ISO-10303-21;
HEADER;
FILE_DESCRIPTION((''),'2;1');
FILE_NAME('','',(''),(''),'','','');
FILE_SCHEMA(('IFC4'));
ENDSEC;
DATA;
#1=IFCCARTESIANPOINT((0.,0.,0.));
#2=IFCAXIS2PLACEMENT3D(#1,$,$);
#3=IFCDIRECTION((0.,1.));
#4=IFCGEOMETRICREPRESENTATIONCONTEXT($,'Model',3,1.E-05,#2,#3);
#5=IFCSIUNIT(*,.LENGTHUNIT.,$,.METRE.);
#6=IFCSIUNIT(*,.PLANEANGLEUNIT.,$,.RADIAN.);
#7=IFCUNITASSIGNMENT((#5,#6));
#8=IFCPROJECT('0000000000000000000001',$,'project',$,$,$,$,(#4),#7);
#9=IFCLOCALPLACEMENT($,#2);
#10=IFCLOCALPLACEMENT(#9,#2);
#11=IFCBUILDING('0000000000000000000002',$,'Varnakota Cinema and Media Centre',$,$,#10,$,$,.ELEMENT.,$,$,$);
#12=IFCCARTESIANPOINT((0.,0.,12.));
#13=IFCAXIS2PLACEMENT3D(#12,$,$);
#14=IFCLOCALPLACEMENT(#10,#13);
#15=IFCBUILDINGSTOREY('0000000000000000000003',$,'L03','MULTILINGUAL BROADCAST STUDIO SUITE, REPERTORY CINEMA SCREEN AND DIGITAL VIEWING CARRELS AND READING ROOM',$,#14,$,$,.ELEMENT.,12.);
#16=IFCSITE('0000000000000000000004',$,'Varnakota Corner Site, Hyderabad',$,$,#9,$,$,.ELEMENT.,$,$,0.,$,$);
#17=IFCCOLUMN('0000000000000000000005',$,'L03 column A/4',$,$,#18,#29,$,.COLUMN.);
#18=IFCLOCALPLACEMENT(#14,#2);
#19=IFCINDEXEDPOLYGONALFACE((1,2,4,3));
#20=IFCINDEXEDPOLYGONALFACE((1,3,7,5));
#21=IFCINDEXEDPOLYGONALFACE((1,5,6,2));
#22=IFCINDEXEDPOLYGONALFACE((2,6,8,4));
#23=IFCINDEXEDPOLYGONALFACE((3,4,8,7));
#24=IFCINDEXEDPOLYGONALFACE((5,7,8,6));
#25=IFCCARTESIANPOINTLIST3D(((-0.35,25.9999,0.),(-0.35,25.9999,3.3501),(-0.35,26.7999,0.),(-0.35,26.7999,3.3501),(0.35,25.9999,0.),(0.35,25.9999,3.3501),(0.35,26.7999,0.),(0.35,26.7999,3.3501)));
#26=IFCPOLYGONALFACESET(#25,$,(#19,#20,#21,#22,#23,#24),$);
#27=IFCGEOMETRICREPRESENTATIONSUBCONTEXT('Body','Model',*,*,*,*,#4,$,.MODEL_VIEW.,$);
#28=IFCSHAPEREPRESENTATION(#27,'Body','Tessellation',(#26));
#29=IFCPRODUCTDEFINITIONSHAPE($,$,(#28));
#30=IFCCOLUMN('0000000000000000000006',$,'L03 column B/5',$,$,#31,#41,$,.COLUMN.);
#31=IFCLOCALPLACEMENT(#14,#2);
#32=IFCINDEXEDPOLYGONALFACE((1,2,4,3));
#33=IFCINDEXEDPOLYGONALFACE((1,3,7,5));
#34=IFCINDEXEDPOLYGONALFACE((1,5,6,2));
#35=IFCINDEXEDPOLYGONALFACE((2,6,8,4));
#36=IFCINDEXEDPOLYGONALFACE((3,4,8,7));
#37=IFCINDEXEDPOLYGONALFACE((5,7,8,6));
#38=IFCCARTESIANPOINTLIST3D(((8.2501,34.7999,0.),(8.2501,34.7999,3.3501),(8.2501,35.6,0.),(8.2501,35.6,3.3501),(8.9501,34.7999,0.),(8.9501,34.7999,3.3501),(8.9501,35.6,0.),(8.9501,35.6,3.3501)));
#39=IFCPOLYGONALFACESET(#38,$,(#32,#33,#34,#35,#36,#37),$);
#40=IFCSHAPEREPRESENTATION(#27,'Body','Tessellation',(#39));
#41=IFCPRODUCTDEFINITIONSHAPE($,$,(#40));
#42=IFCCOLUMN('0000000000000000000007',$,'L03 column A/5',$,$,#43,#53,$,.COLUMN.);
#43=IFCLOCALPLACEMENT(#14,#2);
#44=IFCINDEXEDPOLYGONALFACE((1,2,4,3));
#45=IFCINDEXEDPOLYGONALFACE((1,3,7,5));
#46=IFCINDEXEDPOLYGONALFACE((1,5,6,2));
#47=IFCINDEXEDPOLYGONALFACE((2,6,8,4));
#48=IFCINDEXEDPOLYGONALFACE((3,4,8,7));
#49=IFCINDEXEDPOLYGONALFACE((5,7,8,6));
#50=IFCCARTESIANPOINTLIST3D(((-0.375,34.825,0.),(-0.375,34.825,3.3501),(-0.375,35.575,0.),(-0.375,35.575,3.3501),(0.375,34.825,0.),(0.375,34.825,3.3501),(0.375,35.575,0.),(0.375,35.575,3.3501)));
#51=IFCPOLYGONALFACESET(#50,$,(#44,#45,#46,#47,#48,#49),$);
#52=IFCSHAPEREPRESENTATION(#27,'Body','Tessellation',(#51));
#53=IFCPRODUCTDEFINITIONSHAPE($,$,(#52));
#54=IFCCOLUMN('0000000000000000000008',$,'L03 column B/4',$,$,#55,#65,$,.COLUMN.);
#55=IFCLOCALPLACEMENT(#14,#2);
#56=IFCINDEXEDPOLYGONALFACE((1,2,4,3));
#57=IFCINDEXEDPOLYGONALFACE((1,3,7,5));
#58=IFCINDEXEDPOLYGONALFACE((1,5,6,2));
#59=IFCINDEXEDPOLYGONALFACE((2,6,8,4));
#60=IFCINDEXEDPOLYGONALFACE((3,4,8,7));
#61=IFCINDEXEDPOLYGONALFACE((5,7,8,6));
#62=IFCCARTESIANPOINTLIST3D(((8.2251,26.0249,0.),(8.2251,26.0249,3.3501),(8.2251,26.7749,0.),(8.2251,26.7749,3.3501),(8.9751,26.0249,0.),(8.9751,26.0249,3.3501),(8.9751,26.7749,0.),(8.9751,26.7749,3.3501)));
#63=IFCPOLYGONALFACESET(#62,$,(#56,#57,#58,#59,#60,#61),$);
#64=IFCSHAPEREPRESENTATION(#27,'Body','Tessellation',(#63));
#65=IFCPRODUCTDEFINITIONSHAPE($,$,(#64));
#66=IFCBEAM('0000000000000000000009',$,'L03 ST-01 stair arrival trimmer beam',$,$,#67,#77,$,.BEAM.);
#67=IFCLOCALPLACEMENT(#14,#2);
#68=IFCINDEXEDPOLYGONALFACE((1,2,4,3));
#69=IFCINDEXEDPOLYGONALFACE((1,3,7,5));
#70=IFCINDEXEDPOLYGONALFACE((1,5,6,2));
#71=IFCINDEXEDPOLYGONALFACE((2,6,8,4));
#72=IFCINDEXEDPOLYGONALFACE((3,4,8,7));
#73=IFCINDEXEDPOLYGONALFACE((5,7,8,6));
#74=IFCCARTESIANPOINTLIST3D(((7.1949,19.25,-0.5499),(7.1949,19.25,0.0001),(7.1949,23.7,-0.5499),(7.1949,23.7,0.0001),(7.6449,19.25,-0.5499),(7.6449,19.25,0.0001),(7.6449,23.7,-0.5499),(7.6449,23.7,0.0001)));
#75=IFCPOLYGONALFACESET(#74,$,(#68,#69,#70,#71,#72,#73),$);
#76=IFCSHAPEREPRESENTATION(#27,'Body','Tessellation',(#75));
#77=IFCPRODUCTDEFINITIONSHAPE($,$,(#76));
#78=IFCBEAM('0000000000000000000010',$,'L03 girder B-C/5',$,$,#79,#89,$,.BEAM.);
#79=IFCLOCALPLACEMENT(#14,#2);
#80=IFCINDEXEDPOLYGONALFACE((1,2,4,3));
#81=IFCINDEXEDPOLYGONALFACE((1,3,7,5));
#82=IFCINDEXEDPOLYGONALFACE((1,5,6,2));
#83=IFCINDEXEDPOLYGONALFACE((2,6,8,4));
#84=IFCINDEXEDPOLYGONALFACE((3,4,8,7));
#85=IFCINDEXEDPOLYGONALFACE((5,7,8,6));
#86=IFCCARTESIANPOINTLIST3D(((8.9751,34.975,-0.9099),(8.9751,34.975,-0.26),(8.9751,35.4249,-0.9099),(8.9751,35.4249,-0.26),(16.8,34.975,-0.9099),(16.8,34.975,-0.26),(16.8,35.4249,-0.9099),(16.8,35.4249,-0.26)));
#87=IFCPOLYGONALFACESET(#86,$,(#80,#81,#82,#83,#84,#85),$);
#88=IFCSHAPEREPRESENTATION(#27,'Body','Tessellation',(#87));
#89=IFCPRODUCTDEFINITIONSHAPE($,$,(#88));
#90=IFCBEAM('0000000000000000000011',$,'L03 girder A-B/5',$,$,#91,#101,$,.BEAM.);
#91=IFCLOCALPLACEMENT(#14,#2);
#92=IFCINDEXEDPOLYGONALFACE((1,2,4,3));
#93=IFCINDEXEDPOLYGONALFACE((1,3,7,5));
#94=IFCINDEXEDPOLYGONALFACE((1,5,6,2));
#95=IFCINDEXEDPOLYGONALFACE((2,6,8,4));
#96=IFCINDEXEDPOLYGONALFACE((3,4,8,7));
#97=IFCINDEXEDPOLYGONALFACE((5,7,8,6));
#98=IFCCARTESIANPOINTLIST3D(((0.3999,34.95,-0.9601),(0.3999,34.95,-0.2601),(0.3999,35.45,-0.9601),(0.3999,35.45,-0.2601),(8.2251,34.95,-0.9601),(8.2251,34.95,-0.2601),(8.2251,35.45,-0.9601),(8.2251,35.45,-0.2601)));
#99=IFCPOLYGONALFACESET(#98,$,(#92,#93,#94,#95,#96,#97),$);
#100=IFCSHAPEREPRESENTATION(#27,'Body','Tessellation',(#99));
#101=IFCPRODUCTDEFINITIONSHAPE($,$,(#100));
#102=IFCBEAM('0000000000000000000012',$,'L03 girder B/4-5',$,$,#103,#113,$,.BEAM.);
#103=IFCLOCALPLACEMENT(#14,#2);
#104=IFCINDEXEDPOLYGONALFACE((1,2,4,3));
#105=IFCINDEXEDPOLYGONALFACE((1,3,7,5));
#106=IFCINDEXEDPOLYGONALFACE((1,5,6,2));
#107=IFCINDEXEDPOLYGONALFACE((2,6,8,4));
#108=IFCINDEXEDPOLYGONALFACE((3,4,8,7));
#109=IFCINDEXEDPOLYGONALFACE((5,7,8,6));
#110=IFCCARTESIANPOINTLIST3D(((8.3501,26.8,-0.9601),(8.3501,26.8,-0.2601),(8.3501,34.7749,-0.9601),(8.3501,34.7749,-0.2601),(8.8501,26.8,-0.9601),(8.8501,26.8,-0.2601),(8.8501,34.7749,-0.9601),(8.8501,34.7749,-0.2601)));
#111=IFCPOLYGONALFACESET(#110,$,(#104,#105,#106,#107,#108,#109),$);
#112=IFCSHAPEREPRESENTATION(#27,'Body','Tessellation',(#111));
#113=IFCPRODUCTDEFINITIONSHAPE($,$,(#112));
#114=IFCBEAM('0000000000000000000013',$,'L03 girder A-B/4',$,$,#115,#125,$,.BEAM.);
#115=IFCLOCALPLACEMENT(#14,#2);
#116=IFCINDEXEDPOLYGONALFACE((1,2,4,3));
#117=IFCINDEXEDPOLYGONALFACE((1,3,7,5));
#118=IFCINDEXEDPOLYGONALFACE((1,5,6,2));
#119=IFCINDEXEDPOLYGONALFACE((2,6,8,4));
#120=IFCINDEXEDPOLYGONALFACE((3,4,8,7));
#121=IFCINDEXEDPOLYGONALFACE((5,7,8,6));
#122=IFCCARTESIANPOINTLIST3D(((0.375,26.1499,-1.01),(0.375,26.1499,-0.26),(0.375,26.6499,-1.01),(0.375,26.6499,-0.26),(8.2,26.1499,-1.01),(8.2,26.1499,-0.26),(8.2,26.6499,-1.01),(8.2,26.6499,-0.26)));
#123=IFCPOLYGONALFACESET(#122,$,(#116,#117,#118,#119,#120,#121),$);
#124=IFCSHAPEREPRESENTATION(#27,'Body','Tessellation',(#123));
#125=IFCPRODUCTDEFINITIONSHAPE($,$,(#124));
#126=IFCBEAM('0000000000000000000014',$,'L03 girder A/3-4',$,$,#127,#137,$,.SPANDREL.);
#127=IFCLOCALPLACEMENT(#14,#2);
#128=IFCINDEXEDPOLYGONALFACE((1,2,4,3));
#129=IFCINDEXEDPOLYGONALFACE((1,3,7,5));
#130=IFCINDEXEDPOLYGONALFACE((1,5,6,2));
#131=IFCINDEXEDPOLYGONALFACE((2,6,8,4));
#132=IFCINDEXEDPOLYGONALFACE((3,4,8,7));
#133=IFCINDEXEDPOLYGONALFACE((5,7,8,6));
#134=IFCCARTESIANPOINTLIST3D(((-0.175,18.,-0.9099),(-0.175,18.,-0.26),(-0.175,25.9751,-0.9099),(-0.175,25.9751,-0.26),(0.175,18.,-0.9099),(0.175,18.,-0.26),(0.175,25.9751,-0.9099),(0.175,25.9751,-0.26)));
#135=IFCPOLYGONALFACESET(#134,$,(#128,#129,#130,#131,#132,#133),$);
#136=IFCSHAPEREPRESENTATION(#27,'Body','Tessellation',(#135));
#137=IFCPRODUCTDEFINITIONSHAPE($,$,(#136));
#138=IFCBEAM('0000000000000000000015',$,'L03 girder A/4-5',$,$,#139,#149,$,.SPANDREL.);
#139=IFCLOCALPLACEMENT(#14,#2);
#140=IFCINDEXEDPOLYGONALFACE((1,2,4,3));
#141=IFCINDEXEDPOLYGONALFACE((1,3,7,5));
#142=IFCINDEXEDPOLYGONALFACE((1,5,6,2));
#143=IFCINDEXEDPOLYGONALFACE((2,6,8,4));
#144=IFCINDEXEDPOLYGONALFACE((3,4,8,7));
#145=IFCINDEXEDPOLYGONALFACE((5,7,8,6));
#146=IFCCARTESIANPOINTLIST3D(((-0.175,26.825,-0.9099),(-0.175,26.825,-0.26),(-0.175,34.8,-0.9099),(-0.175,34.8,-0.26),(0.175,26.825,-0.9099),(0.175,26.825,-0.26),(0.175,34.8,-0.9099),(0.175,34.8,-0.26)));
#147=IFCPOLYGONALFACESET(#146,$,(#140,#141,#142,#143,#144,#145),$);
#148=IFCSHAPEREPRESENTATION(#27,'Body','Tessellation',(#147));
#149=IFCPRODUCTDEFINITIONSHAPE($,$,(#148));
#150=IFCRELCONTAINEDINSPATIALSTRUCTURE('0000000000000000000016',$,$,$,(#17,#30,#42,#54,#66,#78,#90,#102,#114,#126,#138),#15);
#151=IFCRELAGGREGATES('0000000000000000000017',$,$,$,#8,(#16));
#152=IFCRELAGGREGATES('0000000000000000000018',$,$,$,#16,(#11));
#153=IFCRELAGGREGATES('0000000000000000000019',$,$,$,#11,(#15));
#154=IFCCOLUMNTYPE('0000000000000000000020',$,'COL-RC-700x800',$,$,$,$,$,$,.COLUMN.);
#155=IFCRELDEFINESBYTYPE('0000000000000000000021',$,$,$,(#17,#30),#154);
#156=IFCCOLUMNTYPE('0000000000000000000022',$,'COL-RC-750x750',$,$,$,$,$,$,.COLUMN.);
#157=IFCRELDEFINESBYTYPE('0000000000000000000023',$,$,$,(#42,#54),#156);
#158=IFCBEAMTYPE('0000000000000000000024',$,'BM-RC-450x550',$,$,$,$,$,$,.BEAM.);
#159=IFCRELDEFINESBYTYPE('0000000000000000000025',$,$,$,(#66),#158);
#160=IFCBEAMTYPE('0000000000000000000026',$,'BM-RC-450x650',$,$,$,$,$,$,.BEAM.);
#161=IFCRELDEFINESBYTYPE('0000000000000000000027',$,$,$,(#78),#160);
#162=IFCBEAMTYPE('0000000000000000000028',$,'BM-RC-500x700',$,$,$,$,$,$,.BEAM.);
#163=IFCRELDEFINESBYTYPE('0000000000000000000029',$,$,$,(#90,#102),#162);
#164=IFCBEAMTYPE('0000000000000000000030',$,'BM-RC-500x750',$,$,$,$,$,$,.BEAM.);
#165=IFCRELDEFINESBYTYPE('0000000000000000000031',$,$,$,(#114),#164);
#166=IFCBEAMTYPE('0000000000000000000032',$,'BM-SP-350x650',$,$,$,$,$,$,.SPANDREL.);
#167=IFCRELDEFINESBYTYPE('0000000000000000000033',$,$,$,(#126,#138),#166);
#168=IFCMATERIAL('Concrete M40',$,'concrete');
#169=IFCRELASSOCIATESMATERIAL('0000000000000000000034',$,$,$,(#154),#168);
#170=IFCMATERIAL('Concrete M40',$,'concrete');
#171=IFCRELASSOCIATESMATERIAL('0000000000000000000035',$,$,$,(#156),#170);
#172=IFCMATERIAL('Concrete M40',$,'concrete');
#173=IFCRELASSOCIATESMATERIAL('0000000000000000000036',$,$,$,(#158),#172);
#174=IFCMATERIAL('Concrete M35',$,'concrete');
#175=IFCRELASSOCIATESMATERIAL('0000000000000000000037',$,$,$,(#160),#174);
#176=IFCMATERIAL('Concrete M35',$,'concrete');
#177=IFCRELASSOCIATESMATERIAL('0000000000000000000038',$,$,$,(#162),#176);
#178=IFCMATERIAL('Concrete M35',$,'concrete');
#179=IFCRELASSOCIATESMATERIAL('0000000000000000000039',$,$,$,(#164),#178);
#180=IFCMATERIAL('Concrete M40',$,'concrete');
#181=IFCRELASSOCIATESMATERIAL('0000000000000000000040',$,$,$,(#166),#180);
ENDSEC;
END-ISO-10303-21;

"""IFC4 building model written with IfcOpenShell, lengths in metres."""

from ifc_helpers import new_model, si_unit, direction, frame, origin, origin_2d, place, context, subcontext, project, spatial, rectangle, extrude, material, material_profile, profile_set, type_object, element, save


model = new_model("IFC4")

# Units and contexts
model_context = context("Model", 3, precision=1e-05, world=origin(), true_north=direction((0.0, 1.0)))
body_context = subcontext(model_context, "Body", "Model", "MODEL_VIEW")
ifc_project = project(units=[si_unit("LENGTHUNIT", "METRE"), si_unit("PLANEANGLEUNIT", "RADIAN")], contexts=[model_context])

# Site, building, storey
site_placement = place(None, origin())
site = spatial("IfcSite", under=ifc_project, at=site_placement, Name="Varnakota Corner Site, Hyderabad", CompositionType="ELEMENT", RefElevation=0.0)
building_placement = place(site_placement, origin())
building = spatial("IfcBuilding", under=site, at=building_placement, Name="Varnakota Cinema and Media Centre", CompositionType="ELEMENT")
storey_placement = place(building_placement, frame((0.0, 0.0, 12.0)))
storey = spatial("IfcBuildingStorey", under=building, at=storey_placement, Name="L03", Description="MULTILINGUAL BROADCAST STUDIO SUITE, REPERTORY CINEMA SCREEN AND DIGITAL VIEWING CARRELS AND READING ROOM", CompositionType="ELEMENT", Elevation=12.0)

# Columns
ifc_material_1 = material(Name="Concrete M40", Category="concrete")
ifc_material_profile_1 = material_profile(ifc_material_1, rectangle(XDim=0.7, YDim=0.8, at=origin_2d()), Name="RC 700x800")
ifc_profile_set_1 = profile_set([ifc_material_profile_1], Name="Concrete M40")
column_type_1 = type_object("IfcColumnType", Name="COL-RC-700x800", PredefinedType="COLUMN", material=ifc_profile_set_1)
for number, where, z_axis, x_axis, name in (
    (1, (0.0, 26.3999, 0.0), (0.0, 0.0, 1.0), (1.0, 0.0, 0.0), "L03 column A/4"),
    (2, (8.6001, 35.2, 0.0), (0.0, 0.0, 1.0), (1.0, 0.0, 0.0), "L03 column B/5"),
):
    element("IfcColumn", number, at=place(storey_placement, frame(where, z_axis=z_axis, x_axis=x_axis)), inside=storey, type_object=column_type_1, Name=name, PredefinedType="COLUMN", context=body_context, shape_type="SweptSolid", body=[
        extrude(rectangle(XDim=0.7, YDim=0.8, at=origin_2d()), origin(), (0.0, 0.0, 1.0), 3.3501),
    ])
ifc_material_2 = material(Name="Concrete M40", Category="concrete")
ifc_material_profile_2 = material_profile(ifc_material_2, rectangle(XDim=0.75, YDim=0.75, at=origin_2d()), Name="RC 750x750")
ifc_profile_set_2 = profile_set([ifc_material_profile_2], Name="Concrete M40")
column_type_2 = type_object("IfcColumnType", Name="COL-RC-750x750", PredefinedType="COLUMN", material=ifc_profile_set_2)
for number, where, z_axis, x_axis, name in (
    (3, (0.0, 35.2, 0.0), (0.0, 0.0, 1.0), (1.0, 0.0, 0.0), "L03 column A/5"),
    (4, (8.6001, 26.3999, 0.0), (0.0, 0.0, 1.0), (1.0, 0.0, 0.0), "L03 column B/4"),
):
    element("IfcColumn", number, at=place(storey_placement, frame(where, z_axis=z_axis, x_axis=x_axis)), inside=storey, type_object=column_type_2, Name=name, PredefinedType="COLUMN", context=body_context, shape_type="SweptSolid", body=[
        extrude(rectangle(XDim=0.75, YDim=0.75, at=origin_2d()), origin(), (0.0, 0.0, 1.0), 3.3501),
    ])

# Beams
ifc_material_3 = material(Name="Concrete M40", Category="concrete")
ifc_material_profile_3 = material_profile(ifc_material_3, rectangle(XDim=0.45, YDim=0.55, at=origin_2d()), Name="RCB 450x550")
ifc_profile_set_3 = profile_set([ifc_material_profile_3], Name="Concrete M40")
beam_type_1 = type_object("IfcBeamType", Name="BM-RC-450x550", PredefinedType="BEAM", material=ifc_profile_set_3)
beam_1_placement = place(storey_placement, frame((7.4199, 19.25, -0.2749), z_axis=(0.0, 1.0, 0.0), x_axis=(-1.0, 0.0, 0.0)))
element("IfcBeam", 5, at=beam_1_placement, inside=storey, type_object=beam_type_1, Name="L03 ST-01 stair arrival trimmer beam", PredefinedType="BEAM", context=body_context, shape_type="SweptSolid", body=[
    extrude(rectangle(XDim=0.45, YDim=0.55, at=origin_2d()), origin(), (0.0, 0.0, 1.0), 4.45),
])
ifc_material_4 = material(Name="Concrete M35", Category="concrete")
ifc_material_profile_4 = material_profile(ifc_material_4, rectangle(XDim=0.45, YDim=0.6499, at=origin_2d()), Name="RCB 450x650")
ifc_profile_set_4 = profile_set([ifc_material_profile_4], Name="Concrete M35")
beam_type_2 = type_object("IfcBeamType", Name="BM-RC-450x650", PredefinedType="BEAM", material=ifc_profile_set_4)
beam_2_placement = place(storey_placement, frame((8.9751, 35.2, -0.585), z_axis=(1.0, 0.0, 0.0), x_axis=(0.0, 1.0, 0.0)))
element("IfcBeam", 6, at=beam_2_placement, inside=storey, type_object=beam_type_2, Name="L03 girder B-C/5", PredefinedType="BEAM", context=body_context, shape_type="SweptSolid", body=[
    extrude(rectangle(XDim=0.45, YDim=0.6499, at=origin_2d()), origin(), (0.0, 0.0, 1.0), 7.825),
])
ifc_material_5 = material(Name="Concrete M35", Category="concrete")
ifc_material_profile_5 = material_profile(ifc_material_5, rectangle(XDim=0.5, YDim=0.7, at=origin_2d()), Name="RCB 500x700")
ifc_profile_set_5 = profile_set([ifc_material_profile_5], Name="Concrete M35")
beam_type_3 = type_object("IfcBeamType", Name="BM-RC-500x700", PredefinedType="BEAM", material=ifc_profile_set_5)
beam_3_placement = place(storey_placement, frame((0.3999, 35.2, -0.6101), z_axis=(1.0, 0.0, 0.0), x_axis=(0.0, 1.0, 0.0)))
element("IfcBeam", 7, at=beam_3_placement, inside=storey, type_object=beam_type_3, Name="L03 girder A-B/5", PredefinedType="BEAM", context=body_context, shape_type="SweptSolid", body=[
    extrude(rectangle(XDim=0.5, YDim=0.7, at=origin_2d()), origin(), (0.0, 0.0, 1.0), 7.8252),
])
beam_4_placement = place(storey_placement, frame((8.6001, 26.8, -0.6101), z_axis=(0.0, 1.0, 0.0), x_axis=(-1.0, 0.0, 0.0)))
element("IfcBeam", 8, at=beam_4_placement, inside=storey, type_object=beam_type_3, Name="L03 girder B/4-5", PredefinedType="BEAM", context=body_context, shape_type="SweptSolid", body=[
    extrude(rectangle(XDim=0.5, YDim=0.7, at=origin_2d()), origin(), (0.0, 0.0, 1.0), 7.9749),
])
ifc_material_6 = material(Name="Concrete M35", Category="concrete")
ifc_material_profile_6 = material_profile(ifc_material_6, rectangle(XDim=0.5, YDim=0.75, at=origin_2d()), Name="RCB 500x750")
ifc_profile_set_6 = profile_set([ifc_material_profile_6], Name="Concrete M35")
beam_type_4 = type_object("IfcBeamType", Name="BM-RC-500x750", PredefinedType="BEAM", material=ifc_profile_set_6)
beam_5_placement = place(storey_placement, frame((0.375, 26.3999, -0.635), z_axis=(1.0, 0.0, 0.0), x_axis=(0.0, 1.0, 0.0)))
element("IfcBeam", 9, at=beam_5_placement, inside=storey, type_object=beam_type_4, Name="L03 girder A-B/4", PredefinedType="BEAM", context=body_context, shape_type="SweptSolid", body=[
    extrude(rectangle(XDim=0.5, YDim=0.75, at=origin_2d()), origin(), (0.0, 0.0, 1.0), 7.825),
])
ifc_material_7 = material(Name="Concrete M40", Category="concrete")
ifc_material_profile_7 = material_profile(ifc_material_7, rectangle(XDim=0.3501, YDim=0.6499, at=origin_2d()), Name="RCB 350x650")
ifc_profile_set_7 = profile_set([ifc_material_profile_7], Name="Concrete M40")
beam_type_5 = type_object("IfcBeamType", Name="BM-SP-350x650", PredefinedType="SPANDREL", material=ifc_profile_set_7)
for number, where, z_axis, x_axis, name in (
    (10, (0.0, 18.0, -0.585), (0.0, 1.0, 0.0), (-1.0, 0.0, 0.0), "L03 girder A/3-4"),
    (11, (0.0, 26.825, -0.585), (0.0, 1.0, 0.0), (-1.0, 0.0, 0.0), "L03 girder A/4-5"),
):
    element("IfcBeam", number, at=place(storey_placement, frame(where, z_axis=z_axis, x_axis=x_axis)), inside=storey, type_object=beam_type_5, Name=name, PredefinedType="SPANDREL", context=body_context, shape_type="SweptSolid", body=[
        extrude(rectangle(XDim=0.3501, YDim=0.6499, at=origin_2d()), origin(), (0.0, 0.0, 1.0), 7.9751),
    ])

save(model, "model.ifc")
